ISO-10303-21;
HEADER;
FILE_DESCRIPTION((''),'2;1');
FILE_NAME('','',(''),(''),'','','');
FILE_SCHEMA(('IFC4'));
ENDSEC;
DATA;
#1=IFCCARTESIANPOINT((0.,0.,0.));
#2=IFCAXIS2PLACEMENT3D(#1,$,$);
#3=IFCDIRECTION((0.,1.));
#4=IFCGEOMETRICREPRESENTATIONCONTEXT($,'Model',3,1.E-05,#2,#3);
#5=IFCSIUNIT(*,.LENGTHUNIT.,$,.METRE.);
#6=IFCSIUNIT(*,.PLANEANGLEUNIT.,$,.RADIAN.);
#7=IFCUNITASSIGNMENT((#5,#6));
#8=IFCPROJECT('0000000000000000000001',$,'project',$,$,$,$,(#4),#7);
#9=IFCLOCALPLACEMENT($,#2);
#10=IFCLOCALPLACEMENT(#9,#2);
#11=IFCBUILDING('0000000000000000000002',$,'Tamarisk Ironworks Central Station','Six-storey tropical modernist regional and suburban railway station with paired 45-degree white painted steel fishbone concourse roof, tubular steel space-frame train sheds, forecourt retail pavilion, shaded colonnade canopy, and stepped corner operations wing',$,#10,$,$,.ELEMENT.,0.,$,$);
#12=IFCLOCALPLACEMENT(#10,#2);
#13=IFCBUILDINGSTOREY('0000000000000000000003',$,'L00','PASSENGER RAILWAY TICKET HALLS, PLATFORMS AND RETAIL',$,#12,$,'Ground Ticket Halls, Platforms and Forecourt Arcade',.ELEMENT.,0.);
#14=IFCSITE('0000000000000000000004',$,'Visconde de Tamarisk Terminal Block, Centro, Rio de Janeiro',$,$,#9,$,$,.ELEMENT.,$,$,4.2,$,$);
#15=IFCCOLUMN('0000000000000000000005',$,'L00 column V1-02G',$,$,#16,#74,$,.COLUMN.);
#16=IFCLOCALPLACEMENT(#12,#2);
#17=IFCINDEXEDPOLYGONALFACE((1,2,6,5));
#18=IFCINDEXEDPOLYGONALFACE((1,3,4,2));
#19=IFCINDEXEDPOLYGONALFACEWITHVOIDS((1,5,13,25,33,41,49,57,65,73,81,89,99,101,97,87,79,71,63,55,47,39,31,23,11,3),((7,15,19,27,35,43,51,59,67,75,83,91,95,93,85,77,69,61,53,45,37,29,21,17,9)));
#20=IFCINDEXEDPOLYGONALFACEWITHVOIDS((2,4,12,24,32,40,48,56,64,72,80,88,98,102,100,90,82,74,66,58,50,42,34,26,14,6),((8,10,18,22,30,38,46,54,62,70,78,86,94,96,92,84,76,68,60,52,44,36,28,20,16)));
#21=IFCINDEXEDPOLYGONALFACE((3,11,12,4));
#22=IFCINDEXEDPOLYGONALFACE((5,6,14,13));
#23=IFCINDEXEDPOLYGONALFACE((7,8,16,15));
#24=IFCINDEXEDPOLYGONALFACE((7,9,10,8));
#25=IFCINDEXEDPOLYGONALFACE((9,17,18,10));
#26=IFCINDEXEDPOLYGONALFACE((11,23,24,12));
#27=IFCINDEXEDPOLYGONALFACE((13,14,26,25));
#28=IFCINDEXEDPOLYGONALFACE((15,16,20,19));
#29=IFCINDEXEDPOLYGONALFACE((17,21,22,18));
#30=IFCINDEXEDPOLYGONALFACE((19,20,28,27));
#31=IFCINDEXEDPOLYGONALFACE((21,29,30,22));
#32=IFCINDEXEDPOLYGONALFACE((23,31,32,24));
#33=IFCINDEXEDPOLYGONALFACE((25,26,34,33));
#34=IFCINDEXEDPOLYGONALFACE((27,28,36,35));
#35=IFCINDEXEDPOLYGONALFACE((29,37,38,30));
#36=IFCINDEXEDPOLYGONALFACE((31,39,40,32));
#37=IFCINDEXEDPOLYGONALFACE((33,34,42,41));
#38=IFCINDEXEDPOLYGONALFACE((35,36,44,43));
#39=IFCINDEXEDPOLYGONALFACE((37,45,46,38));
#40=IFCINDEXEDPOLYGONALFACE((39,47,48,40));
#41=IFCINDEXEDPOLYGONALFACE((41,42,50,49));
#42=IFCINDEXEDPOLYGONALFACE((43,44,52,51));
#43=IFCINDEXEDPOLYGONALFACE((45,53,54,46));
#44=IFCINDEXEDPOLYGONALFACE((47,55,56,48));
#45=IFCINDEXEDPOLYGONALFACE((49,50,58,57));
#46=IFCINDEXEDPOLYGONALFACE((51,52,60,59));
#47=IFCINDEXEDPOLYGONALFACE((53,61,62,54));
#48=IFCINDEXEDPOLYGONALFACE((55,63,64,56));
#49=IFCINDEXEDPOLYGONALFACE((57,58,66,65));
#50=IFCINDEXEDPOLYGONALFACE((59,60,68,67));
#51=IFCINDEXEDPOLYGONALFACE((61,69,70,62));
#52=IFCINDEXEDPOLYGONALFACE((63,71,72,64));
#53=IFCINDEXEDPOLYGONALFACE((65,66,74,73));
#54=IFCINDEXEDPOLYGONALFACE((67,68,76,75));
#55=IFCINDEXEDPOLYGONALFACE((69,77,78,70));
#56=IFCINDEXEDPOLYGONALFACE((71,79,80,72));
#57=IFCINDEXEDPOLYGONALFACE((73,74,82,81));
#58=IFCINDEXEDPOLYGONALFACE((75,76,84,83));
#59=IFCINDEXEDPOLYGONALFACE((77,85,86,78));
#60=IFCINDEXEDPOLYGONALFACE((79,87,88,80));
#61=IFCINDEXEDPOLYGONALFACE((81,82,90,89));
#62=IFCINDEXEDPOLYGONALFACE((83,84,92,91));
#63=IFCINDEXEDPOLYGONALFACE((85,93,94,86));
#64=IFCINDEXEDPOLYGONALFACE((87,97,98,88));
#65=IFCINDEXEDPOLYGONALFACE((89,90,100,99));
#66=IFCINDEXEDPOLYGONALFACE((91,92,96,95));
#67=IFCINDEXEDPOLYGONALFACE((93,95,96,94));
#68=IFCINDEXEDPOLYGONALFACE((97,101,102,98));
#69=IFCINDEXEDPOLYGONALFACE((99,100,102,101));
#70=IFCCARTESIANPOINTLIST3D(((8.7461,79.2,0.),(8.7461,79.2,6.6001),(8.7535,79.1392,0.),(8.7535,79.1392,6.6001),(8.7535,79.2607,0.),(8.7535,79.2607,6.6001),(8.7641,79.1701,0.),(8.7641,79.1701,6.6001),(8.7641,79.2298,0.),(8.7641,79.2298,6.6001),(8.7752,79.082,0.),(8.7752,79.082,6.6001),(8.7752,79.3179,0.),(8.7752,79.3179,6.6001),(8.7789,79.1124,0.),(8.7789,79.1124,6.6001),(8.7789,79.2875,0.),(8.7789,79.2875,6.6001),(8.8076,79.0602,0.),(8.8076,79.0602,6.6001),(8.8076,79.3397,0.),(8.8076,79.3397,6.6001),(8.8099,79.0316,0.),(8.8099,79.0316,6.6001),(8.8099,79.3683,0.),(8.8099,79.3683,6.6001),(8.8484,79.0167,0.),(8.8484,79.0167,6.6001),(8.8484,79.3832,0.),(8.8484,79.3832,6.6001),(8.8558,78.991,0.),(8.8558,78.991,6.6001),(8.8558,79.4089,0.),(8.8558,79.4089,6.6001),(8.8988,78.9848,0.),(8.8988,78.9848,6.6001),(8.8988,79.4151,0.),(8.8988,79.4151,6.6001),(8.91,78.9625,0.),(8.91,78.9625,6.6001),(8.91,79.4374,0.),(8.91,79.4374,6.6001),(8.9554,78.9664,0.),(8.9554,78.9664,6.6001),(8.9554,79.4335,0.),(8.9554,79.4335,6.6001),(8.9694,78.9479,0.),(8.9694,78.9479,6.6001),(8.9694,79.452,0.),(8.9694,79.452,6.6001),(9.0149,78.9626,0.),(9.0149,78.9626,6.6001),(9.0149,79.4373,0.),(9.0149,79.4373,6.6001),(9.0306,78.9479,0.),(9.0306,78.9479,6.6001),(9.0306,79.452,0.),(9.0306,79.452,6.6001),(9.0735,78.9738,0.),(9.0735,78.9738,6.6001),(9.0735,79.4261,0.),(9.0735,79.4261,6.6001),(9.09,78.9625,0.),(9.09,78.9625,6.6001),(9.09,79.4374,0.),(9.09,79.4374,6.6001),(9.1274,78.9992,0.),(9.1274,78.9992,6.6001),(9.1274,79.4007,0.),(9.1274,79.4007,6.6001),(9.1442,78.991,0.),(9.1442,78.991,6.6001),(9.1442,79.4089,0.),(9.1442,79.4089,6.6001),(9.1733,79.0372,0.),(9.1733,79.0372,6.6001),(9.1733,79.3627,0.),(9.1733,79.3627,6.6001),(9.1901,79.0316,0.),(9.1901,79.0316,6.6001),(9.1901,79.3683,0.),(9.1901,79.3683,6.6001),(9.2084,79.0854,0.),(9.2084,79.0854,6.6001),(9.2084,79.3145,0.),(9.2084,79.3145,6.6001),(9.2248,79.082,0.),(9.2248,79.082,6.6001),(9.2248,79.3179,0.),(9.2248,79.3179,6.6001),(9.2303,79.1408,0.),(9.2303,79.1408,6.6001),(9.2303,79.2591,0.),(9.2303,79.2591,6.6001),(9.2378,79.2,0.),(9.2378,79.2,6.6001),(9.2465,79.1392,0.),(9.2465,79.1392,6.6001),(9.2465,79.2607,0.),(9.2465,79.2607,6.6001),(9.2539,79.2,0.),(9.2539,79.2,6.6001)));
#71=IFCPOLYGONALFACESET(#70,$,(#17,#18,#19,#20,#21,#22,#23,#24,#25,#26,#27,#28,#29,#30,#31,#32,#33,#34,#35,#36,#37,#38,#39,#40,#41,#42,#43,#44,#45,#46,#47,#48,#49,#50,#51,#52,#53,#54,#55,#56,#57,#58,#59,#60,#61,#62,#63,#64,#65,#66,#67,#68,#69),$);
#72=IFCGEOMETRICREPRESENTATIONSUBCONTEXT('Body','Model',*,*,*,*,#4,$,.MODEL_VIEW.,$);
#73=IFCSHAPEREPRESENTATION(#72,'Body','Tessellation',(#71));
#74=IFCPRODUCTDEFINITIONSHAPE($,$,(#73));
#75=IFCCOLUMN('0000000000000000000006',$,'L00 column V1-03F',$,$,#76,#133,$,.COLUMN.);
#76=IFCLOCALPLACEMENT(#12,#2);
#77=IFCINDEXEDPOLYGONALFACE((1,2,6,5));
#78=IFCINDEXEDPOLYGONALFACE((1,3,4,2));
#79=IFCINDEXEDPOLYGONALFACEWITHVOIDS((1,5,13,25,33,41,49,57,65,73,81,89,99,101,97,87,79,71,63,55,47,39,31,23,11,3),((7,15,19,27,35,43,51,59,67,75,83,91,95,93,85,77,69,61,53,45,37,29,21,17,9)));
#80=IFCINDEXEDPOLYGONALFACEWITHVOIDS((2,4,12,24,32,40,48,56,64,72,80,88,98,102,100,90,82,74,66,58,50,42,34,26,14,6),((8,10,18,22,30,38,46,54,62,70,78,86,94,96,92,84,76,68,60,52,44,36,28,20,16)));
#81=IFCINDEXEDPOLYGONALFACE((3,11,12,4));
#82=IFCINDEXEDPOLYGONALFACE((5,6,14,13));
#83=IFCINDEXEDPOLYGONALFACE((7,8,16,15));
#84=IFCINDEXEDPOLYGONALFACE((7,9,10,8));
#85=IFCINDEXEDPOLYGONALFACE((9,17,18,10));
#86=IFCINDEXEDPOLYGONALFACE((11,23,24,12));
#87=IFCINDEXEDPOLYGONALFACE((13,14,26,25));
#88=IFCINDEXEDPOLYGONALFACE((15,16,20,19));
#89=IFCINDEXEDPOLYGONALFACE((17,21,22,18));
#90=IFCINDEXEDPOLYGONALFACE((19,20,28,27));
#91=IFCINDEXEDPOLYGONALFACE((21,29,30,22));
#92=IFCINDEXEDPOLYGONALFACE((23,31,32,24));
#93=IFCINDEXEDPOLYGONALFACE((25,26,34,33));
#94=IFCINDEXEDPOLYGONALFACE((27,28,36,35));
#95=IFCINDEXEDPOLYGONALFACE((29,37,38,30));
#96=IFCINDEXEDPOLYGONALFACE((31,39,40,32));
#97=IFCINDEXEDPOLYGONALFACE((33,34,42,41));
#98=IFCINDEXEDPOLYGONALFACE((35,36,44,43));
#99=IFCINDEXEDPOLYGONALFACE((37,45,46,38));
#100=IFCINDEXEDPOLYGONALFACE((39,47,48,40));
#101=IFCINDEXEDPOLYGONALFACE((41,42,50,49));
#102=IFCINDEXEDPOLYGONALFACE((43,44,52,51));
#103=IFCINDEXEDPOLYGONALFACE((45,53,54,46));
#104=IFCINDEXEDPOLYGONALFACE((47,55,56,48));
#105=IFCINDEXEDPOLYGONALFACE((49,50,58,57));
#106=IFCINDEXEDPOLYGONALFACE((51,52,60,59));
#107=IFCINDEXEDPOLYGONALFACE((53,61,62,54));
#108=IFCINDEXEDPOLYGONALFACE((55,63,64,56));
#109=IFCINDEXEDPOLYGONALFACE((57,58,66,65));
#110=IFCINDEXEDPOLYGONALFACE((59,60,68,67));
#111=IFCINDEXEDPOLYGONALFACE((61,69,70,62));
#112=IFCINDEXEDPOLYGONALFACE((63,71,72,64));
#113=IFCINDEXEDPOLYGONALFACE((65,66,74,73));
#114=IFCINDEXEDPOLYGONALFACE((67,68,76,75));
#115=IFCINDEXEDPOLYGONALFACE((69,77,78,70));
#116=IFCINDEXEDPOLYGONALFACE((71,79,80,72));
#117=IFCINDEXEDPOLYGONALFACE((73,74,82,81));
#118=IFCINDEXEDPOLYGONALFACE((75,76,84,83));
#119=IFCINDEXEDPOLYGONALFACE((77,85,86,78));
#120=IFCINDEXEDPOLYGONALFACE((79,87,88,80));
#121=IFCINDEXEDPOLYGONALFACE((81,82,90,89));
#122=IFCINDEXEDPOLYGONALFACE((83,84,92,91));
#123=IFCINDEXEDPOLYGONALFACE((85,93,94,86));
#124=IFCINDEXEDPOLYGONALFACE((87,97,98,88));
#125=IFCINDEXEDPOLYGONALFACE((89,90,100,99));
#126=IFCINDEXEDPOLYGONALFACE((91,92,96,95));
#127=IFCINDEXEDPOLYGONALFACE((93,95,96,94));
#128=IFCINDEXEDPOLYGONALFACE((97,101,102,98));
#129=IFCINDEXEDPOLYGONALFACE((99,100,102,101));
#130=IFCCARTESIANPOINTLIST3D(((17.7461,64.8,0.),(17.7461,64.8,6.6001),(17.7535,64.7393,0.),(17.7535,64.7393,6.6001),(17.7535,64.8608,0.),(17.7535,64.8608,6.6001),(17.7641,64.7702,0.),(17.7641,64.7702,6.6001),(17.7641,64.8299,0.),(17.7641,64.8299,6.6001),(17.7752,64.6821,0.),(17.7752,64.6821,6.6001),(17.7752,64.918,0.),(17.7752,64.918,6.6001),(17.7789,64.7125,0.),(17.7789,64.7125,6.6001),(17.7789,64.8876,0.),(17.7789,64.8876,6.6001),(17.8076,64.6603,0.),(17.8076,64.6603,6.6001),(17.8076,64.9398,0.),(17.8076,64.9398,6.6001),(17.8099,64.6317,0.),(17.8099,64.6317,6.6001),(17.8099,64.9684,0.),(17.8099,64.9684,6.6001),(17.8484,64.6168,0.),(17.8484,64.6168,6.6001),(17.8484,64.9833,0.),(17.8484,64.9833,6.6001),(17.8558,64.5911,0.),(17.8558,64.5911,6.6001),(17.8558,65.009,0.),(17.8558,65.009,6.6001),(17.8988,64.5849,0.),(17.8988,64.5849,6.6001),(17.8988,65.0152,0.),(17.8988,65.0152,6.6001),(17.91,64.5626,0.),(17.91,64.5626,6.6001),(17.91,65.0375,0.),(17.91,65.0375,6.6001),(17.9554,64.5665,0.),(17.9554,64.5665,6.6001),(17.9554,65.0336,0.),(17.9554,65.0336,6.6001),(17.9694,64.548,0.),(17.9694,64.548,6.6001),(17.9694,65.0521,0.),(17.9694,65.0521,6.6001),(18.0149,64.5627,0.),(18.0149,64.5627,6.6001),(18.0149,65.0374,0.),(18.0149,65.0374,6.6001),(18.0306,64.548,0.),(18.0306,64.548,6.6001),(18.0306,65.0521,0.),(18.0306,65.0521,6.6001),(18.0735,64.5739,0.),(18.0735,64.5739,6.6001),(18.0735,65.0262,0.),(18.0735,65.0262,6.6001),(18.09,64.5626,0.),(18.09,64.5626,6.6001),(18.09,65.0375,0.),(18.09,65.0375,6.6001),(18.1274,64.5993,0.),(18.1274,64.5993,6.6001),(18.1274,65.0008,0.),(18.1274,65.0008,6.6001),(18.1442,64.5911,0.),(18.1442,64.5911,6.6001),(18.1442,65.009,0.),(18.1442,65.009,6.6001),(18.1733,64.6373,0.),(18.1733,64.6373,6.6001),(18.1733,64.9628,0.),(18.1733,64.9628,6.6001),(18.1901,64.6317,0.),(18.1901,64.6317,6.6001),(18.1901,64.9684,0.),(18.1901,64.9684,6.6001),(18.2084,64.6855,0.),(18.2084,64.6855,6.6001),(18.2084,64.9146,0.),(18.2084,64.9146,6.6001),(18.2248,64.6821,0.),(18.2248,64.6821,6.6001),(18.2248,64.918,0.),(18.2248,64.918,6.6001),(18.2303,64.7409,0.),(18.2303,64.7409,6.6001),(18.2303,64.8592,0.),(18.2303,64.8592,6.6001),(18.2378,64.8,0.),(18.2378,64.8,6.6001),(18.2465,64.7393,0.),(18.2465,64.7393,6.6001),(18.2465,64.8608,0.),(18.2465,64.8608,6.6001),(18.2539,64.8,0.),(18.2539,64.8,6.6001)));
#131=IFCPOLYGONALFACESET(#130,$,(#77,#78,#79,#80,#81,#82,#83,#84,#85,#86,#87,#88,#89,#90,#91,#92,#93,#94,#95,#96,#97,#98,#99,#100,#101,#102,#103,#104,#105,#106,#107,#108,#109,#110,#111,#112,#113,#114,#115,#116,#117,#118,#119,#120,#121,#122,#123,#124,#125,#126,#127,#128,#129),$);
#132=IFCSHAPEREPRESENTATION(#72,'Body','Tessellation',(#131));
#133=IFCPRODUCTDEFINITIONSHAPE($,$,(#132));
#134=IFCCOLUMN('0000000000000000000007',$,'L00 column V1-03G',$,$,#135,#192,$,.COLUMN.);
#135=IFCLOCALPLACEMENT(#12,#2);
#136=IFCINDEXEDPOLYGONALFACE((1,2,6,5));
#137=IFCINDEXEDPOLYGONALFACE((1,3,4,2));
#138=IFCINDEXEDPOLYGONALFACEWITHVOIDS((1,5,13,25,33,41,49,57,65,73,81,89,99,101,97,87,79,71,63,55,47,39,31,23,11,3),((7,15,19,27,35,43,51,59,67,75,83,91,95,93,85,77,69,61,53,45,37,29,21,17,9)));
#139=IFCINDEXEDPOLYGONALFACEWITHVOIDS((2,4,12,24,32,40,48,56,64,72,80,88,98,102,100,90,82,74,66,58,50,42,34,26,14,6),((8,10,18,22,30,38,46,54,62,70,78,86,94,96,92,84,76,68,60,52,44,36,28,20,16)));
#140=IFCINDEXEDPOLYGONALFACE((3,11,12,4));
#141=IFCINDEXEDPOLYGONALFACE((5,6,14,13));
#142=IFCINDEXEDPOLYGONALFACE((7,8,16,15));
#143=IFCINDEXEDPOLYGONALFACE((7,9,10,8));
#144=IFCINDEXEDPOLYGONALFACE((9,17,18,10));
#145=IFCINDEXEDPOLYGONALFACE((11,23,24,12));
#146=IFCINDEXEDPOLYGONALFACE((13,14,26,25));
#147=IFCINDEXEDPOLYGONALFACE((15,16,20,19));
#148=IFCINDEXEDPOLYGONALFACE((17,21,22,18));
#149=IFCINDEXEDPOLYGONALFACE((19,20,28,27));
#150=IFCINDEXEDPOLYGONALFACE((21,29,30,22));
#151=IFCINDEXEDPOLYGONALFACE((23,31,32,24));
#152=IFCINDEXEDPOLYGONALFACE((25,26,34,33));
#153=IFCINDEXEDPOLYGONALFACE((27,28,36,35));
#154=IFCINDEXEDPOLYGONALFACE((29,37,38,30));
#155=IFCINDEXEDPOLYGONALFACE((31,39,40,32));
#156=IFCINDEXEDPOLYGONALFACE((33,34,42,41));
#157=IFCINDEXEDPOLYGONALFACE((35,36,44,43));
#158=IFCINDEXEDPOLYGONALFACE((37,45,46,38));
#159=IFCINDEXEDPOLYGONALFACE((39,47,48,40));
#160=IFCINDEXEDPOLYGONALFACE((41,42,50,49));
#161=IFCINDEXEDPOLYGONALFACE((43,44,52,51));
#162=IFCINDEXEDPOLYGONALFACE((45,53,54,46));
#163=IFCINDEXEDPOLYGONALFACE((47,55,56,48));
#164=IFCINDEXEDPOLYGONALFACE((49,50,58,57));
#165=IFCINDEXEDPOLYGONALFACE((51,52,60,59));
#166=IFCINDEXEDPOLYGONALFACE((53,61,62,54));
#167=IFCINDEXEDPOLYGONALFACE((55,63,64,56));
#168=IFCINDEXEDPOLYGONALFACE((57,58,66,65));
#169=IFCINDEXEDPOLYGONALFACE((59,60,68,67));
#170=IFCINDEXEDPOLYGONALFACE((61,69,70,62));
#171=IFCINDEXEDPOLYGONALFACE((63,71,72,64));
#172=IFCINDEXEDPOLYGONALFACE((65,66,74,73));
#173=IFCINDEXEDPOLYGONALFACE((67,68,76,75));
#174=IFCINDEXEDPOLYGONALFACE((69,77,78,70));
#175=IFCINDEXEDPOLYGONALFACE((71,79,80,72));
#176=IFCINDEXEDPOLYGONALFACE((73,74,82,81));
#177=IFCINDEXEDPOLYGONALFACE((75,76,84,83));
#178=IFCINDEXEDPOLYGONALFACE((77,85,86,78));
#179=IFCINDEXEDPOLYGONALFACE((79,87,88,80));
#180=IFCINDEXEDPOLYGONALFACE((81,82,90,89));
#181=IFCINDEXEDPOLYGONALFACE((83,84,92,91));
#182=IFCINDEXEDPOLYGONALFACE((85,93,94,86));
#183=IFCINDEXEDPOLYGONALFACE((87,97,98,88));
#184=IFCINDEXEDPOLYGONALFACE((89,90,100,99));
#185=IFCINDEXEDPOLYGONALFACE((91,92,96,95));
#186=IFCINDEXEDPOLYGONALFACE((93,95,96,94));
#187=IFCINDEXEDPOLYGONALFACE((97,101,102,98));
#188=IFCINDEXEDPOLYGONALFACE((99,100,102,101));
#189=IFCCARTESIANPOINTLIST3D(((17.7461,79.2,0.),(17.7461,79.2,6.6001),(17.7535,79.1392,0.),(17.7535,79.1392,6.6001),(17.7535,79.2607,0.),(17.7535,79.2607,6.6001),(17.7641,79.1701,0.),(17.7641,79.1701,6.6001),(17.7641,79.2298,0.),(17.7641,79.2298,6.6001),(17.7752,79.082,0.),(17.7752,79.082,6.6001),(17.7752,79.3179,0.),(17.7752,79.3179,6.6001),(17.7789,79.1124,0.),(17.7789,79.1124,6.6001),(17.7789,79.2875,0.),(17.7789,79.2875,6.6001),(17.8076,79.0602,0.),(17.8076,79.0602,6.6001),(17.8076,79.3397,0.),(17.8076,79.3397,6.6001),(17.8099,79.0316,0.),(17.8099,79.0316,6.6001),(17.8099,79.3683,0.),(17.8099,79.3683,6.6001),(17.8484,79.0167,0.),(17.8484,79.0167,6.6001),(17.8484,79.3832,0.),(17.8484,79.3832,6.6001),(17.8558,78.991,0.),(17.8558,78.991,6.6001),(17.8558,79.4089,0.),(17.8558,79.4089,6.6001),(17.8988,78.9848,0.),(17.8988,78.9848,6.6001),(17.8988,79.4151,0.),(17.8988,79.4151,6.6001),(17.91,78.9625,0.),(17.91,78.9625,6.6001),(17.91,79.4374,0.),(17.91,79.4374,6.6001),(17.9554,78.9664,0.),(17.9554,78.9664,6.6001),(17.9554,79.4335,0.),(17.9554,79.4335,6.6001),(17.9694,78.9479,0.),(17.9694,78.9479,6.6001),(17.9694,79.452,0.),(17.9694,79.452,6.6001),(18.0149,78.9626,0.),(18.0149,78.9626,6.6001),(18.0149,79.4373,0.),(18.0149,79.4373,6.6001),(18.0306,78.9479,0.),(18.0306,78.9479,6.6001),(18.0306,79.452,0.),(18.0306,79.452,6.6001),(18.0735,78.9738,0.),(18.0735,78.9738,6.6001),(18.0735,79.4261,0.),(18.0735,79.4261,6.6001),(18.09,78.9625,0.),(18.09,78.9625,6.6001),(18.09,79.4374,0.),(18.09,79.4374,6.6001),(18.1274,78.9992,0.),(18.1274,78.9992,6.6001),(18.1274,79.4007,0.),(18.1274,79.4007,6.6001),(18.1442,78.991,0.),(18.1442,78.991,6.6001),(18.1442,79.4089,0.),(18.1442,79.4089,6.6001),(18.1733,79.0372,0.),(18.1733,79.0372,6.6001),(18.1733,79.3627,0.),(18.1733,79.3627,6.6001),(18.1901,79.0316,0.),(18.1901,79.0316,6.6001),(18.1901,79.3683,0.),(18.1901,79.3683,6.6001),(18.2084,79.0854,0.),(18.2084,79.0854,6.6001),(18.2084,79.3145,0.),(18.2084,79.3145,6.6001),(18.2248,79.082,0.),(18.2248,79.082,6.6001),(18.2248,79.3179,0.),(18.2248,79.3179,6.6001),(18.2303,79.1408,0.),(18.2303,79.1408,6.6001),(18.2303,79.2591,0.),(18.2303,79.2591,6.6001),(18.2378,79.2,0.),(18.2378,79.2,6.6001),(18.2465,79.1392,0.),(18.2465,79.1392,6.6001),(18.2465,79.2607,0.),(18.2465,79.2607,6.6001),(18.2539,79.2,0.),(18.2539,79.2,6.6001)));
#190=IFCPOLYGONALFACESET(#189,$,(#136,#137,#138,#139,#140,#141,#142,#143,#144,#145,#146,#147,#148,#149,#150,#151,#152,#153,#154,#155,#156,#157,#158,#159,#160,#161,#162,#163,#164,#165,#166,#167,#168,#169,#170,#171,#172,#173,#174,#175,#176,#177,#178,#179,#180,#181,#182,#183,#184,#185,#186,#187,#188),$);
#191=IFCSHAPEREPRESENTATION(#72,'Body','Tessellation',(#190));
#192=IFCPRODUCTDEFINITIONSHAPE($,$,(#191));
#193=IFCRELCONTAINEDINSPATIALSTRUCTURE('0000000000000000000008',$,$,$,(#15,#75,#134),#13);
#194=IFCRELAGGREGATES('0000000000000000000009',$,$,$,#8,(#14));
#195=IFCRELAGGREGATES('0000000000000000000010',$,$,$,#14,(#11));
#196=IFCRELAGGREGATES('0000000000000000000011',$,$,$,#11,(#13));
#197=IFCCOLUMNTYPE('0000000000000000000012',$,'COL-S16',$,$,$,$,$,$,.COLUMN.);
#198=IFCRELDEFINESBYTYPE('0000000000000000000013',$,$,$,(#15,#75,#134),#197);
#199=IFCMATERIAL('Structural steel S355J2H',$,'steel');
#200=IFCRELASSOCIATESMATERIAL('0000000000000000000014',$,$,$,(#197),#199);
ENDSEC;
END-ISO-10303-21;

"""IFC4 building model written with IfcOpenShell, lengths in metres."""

from ifc_helpers import new_model, si_unit, direction, frame, origin, origin_2d, place, context, subcontext, project, spatial, hollow_circle, extrude, material, material_profile, profile_set, type_object, element, save


model = new_model("IFC4")

# Units and contexts
model_context = context("Model", 3, precision=1e-05, world=origin(), true_north=direction((0.0, 1.0)))
body_context = subcontext(model_context, "Body", "Model", "MODEL_VIEW")
ifc_project = project(units=[si_unit("LENGTHUNIT", "METRE"), si_unit("PLANEANGLEUNIT", "RADIAN")], contexts=[model_context])

# Site, building, storey
site_placement = place(None, origin())
site = spatial("IfcSite", under=ifc_project, at=site_placement, Name="Visconde de Tamarisk Terminal Block, Centro, Rio de Janeiro", CompositionType="ELEMENT", RefElevation=4.2)
building_placement = place(site_placement, origin())
building = spatial("IfcBuilding", under=site, at=building_placement, Name="Tamarisk Ironworks Central Station", Description="Six-storey tropical modernist regional and suburban railway station with paired 45-degree white painted steel fishbone concourse roof, tubular steel space-frame train sheds, forecourt retail pavilion, shaded colonnade canopy, and stepped corner operations wing", CompositionType="ELEMENT", ElevationOfRefHeight=0.0)
storey_placement = place(building_placement, origin())
storey = spatial("IfcBuildingStorey", under=building, at=storey_placement, Name="L00", Description="PASSENGER RAILWAY TICKET HALLS, PLATFORMS AND RETAIL", LongName="Ground Ticket Halls, Platforms and Forecourt Arcade", CompositionType="ELEMENT", Elevation=0.0)

# Columns
ifc_material_1 = material(Name="Structural steel S355J2H", Category="steel")
ifc_material_profile_1 = material_profile(ifc_material_1, hollow_circle(Radius=0.2539, WallThickness=0.0161, at=origin_2d()), Name="CHS 508x16")
ifc_profile_set_1 = profile_set([ifc_material_profile_1], Name="Structural steel S355J2H")
column_type_1 = type_object("IfcColumnType", Name="COL-S16", PredefinedType="COLUMN", material=ifc_profile_set_1)
for number, where, z_axis, x_axis, name in (
    (1, (9.0, 79.2, 0.0), (0.0, 0.0, 1.0), (1.0, 0.0, 0.0), "L00 column V1-02G"),
    (2, (18.0, 64.8, 0.0), (0.0, 0.0, 1.0), (1.0, 0.0, 0.0), "L00 column V1-03F"),
    (3, (18.0, 79.2, 0.0), (0.0, 0.0, 1.0), (1.0, 0.0, 0.0), "L00 column V1-03G"),
):
    element("IfcColumn", number, at=place(storey_placement, frame(where, z_axis=z_axis, x_axis=x_axis)), inside=storey, type_object=column_type_1, Name=name, PredefinedType="COLUMN", context=body_context, shape_type="SweptSolid", body=[
        extrude(hollow_circle(Radius=0.2539, WallThickness=0.0161, at=origin_2d()), origin(), (0.0, 0.0, 1.0), 6.6001),
    ])

save(model, "model.ifc")
